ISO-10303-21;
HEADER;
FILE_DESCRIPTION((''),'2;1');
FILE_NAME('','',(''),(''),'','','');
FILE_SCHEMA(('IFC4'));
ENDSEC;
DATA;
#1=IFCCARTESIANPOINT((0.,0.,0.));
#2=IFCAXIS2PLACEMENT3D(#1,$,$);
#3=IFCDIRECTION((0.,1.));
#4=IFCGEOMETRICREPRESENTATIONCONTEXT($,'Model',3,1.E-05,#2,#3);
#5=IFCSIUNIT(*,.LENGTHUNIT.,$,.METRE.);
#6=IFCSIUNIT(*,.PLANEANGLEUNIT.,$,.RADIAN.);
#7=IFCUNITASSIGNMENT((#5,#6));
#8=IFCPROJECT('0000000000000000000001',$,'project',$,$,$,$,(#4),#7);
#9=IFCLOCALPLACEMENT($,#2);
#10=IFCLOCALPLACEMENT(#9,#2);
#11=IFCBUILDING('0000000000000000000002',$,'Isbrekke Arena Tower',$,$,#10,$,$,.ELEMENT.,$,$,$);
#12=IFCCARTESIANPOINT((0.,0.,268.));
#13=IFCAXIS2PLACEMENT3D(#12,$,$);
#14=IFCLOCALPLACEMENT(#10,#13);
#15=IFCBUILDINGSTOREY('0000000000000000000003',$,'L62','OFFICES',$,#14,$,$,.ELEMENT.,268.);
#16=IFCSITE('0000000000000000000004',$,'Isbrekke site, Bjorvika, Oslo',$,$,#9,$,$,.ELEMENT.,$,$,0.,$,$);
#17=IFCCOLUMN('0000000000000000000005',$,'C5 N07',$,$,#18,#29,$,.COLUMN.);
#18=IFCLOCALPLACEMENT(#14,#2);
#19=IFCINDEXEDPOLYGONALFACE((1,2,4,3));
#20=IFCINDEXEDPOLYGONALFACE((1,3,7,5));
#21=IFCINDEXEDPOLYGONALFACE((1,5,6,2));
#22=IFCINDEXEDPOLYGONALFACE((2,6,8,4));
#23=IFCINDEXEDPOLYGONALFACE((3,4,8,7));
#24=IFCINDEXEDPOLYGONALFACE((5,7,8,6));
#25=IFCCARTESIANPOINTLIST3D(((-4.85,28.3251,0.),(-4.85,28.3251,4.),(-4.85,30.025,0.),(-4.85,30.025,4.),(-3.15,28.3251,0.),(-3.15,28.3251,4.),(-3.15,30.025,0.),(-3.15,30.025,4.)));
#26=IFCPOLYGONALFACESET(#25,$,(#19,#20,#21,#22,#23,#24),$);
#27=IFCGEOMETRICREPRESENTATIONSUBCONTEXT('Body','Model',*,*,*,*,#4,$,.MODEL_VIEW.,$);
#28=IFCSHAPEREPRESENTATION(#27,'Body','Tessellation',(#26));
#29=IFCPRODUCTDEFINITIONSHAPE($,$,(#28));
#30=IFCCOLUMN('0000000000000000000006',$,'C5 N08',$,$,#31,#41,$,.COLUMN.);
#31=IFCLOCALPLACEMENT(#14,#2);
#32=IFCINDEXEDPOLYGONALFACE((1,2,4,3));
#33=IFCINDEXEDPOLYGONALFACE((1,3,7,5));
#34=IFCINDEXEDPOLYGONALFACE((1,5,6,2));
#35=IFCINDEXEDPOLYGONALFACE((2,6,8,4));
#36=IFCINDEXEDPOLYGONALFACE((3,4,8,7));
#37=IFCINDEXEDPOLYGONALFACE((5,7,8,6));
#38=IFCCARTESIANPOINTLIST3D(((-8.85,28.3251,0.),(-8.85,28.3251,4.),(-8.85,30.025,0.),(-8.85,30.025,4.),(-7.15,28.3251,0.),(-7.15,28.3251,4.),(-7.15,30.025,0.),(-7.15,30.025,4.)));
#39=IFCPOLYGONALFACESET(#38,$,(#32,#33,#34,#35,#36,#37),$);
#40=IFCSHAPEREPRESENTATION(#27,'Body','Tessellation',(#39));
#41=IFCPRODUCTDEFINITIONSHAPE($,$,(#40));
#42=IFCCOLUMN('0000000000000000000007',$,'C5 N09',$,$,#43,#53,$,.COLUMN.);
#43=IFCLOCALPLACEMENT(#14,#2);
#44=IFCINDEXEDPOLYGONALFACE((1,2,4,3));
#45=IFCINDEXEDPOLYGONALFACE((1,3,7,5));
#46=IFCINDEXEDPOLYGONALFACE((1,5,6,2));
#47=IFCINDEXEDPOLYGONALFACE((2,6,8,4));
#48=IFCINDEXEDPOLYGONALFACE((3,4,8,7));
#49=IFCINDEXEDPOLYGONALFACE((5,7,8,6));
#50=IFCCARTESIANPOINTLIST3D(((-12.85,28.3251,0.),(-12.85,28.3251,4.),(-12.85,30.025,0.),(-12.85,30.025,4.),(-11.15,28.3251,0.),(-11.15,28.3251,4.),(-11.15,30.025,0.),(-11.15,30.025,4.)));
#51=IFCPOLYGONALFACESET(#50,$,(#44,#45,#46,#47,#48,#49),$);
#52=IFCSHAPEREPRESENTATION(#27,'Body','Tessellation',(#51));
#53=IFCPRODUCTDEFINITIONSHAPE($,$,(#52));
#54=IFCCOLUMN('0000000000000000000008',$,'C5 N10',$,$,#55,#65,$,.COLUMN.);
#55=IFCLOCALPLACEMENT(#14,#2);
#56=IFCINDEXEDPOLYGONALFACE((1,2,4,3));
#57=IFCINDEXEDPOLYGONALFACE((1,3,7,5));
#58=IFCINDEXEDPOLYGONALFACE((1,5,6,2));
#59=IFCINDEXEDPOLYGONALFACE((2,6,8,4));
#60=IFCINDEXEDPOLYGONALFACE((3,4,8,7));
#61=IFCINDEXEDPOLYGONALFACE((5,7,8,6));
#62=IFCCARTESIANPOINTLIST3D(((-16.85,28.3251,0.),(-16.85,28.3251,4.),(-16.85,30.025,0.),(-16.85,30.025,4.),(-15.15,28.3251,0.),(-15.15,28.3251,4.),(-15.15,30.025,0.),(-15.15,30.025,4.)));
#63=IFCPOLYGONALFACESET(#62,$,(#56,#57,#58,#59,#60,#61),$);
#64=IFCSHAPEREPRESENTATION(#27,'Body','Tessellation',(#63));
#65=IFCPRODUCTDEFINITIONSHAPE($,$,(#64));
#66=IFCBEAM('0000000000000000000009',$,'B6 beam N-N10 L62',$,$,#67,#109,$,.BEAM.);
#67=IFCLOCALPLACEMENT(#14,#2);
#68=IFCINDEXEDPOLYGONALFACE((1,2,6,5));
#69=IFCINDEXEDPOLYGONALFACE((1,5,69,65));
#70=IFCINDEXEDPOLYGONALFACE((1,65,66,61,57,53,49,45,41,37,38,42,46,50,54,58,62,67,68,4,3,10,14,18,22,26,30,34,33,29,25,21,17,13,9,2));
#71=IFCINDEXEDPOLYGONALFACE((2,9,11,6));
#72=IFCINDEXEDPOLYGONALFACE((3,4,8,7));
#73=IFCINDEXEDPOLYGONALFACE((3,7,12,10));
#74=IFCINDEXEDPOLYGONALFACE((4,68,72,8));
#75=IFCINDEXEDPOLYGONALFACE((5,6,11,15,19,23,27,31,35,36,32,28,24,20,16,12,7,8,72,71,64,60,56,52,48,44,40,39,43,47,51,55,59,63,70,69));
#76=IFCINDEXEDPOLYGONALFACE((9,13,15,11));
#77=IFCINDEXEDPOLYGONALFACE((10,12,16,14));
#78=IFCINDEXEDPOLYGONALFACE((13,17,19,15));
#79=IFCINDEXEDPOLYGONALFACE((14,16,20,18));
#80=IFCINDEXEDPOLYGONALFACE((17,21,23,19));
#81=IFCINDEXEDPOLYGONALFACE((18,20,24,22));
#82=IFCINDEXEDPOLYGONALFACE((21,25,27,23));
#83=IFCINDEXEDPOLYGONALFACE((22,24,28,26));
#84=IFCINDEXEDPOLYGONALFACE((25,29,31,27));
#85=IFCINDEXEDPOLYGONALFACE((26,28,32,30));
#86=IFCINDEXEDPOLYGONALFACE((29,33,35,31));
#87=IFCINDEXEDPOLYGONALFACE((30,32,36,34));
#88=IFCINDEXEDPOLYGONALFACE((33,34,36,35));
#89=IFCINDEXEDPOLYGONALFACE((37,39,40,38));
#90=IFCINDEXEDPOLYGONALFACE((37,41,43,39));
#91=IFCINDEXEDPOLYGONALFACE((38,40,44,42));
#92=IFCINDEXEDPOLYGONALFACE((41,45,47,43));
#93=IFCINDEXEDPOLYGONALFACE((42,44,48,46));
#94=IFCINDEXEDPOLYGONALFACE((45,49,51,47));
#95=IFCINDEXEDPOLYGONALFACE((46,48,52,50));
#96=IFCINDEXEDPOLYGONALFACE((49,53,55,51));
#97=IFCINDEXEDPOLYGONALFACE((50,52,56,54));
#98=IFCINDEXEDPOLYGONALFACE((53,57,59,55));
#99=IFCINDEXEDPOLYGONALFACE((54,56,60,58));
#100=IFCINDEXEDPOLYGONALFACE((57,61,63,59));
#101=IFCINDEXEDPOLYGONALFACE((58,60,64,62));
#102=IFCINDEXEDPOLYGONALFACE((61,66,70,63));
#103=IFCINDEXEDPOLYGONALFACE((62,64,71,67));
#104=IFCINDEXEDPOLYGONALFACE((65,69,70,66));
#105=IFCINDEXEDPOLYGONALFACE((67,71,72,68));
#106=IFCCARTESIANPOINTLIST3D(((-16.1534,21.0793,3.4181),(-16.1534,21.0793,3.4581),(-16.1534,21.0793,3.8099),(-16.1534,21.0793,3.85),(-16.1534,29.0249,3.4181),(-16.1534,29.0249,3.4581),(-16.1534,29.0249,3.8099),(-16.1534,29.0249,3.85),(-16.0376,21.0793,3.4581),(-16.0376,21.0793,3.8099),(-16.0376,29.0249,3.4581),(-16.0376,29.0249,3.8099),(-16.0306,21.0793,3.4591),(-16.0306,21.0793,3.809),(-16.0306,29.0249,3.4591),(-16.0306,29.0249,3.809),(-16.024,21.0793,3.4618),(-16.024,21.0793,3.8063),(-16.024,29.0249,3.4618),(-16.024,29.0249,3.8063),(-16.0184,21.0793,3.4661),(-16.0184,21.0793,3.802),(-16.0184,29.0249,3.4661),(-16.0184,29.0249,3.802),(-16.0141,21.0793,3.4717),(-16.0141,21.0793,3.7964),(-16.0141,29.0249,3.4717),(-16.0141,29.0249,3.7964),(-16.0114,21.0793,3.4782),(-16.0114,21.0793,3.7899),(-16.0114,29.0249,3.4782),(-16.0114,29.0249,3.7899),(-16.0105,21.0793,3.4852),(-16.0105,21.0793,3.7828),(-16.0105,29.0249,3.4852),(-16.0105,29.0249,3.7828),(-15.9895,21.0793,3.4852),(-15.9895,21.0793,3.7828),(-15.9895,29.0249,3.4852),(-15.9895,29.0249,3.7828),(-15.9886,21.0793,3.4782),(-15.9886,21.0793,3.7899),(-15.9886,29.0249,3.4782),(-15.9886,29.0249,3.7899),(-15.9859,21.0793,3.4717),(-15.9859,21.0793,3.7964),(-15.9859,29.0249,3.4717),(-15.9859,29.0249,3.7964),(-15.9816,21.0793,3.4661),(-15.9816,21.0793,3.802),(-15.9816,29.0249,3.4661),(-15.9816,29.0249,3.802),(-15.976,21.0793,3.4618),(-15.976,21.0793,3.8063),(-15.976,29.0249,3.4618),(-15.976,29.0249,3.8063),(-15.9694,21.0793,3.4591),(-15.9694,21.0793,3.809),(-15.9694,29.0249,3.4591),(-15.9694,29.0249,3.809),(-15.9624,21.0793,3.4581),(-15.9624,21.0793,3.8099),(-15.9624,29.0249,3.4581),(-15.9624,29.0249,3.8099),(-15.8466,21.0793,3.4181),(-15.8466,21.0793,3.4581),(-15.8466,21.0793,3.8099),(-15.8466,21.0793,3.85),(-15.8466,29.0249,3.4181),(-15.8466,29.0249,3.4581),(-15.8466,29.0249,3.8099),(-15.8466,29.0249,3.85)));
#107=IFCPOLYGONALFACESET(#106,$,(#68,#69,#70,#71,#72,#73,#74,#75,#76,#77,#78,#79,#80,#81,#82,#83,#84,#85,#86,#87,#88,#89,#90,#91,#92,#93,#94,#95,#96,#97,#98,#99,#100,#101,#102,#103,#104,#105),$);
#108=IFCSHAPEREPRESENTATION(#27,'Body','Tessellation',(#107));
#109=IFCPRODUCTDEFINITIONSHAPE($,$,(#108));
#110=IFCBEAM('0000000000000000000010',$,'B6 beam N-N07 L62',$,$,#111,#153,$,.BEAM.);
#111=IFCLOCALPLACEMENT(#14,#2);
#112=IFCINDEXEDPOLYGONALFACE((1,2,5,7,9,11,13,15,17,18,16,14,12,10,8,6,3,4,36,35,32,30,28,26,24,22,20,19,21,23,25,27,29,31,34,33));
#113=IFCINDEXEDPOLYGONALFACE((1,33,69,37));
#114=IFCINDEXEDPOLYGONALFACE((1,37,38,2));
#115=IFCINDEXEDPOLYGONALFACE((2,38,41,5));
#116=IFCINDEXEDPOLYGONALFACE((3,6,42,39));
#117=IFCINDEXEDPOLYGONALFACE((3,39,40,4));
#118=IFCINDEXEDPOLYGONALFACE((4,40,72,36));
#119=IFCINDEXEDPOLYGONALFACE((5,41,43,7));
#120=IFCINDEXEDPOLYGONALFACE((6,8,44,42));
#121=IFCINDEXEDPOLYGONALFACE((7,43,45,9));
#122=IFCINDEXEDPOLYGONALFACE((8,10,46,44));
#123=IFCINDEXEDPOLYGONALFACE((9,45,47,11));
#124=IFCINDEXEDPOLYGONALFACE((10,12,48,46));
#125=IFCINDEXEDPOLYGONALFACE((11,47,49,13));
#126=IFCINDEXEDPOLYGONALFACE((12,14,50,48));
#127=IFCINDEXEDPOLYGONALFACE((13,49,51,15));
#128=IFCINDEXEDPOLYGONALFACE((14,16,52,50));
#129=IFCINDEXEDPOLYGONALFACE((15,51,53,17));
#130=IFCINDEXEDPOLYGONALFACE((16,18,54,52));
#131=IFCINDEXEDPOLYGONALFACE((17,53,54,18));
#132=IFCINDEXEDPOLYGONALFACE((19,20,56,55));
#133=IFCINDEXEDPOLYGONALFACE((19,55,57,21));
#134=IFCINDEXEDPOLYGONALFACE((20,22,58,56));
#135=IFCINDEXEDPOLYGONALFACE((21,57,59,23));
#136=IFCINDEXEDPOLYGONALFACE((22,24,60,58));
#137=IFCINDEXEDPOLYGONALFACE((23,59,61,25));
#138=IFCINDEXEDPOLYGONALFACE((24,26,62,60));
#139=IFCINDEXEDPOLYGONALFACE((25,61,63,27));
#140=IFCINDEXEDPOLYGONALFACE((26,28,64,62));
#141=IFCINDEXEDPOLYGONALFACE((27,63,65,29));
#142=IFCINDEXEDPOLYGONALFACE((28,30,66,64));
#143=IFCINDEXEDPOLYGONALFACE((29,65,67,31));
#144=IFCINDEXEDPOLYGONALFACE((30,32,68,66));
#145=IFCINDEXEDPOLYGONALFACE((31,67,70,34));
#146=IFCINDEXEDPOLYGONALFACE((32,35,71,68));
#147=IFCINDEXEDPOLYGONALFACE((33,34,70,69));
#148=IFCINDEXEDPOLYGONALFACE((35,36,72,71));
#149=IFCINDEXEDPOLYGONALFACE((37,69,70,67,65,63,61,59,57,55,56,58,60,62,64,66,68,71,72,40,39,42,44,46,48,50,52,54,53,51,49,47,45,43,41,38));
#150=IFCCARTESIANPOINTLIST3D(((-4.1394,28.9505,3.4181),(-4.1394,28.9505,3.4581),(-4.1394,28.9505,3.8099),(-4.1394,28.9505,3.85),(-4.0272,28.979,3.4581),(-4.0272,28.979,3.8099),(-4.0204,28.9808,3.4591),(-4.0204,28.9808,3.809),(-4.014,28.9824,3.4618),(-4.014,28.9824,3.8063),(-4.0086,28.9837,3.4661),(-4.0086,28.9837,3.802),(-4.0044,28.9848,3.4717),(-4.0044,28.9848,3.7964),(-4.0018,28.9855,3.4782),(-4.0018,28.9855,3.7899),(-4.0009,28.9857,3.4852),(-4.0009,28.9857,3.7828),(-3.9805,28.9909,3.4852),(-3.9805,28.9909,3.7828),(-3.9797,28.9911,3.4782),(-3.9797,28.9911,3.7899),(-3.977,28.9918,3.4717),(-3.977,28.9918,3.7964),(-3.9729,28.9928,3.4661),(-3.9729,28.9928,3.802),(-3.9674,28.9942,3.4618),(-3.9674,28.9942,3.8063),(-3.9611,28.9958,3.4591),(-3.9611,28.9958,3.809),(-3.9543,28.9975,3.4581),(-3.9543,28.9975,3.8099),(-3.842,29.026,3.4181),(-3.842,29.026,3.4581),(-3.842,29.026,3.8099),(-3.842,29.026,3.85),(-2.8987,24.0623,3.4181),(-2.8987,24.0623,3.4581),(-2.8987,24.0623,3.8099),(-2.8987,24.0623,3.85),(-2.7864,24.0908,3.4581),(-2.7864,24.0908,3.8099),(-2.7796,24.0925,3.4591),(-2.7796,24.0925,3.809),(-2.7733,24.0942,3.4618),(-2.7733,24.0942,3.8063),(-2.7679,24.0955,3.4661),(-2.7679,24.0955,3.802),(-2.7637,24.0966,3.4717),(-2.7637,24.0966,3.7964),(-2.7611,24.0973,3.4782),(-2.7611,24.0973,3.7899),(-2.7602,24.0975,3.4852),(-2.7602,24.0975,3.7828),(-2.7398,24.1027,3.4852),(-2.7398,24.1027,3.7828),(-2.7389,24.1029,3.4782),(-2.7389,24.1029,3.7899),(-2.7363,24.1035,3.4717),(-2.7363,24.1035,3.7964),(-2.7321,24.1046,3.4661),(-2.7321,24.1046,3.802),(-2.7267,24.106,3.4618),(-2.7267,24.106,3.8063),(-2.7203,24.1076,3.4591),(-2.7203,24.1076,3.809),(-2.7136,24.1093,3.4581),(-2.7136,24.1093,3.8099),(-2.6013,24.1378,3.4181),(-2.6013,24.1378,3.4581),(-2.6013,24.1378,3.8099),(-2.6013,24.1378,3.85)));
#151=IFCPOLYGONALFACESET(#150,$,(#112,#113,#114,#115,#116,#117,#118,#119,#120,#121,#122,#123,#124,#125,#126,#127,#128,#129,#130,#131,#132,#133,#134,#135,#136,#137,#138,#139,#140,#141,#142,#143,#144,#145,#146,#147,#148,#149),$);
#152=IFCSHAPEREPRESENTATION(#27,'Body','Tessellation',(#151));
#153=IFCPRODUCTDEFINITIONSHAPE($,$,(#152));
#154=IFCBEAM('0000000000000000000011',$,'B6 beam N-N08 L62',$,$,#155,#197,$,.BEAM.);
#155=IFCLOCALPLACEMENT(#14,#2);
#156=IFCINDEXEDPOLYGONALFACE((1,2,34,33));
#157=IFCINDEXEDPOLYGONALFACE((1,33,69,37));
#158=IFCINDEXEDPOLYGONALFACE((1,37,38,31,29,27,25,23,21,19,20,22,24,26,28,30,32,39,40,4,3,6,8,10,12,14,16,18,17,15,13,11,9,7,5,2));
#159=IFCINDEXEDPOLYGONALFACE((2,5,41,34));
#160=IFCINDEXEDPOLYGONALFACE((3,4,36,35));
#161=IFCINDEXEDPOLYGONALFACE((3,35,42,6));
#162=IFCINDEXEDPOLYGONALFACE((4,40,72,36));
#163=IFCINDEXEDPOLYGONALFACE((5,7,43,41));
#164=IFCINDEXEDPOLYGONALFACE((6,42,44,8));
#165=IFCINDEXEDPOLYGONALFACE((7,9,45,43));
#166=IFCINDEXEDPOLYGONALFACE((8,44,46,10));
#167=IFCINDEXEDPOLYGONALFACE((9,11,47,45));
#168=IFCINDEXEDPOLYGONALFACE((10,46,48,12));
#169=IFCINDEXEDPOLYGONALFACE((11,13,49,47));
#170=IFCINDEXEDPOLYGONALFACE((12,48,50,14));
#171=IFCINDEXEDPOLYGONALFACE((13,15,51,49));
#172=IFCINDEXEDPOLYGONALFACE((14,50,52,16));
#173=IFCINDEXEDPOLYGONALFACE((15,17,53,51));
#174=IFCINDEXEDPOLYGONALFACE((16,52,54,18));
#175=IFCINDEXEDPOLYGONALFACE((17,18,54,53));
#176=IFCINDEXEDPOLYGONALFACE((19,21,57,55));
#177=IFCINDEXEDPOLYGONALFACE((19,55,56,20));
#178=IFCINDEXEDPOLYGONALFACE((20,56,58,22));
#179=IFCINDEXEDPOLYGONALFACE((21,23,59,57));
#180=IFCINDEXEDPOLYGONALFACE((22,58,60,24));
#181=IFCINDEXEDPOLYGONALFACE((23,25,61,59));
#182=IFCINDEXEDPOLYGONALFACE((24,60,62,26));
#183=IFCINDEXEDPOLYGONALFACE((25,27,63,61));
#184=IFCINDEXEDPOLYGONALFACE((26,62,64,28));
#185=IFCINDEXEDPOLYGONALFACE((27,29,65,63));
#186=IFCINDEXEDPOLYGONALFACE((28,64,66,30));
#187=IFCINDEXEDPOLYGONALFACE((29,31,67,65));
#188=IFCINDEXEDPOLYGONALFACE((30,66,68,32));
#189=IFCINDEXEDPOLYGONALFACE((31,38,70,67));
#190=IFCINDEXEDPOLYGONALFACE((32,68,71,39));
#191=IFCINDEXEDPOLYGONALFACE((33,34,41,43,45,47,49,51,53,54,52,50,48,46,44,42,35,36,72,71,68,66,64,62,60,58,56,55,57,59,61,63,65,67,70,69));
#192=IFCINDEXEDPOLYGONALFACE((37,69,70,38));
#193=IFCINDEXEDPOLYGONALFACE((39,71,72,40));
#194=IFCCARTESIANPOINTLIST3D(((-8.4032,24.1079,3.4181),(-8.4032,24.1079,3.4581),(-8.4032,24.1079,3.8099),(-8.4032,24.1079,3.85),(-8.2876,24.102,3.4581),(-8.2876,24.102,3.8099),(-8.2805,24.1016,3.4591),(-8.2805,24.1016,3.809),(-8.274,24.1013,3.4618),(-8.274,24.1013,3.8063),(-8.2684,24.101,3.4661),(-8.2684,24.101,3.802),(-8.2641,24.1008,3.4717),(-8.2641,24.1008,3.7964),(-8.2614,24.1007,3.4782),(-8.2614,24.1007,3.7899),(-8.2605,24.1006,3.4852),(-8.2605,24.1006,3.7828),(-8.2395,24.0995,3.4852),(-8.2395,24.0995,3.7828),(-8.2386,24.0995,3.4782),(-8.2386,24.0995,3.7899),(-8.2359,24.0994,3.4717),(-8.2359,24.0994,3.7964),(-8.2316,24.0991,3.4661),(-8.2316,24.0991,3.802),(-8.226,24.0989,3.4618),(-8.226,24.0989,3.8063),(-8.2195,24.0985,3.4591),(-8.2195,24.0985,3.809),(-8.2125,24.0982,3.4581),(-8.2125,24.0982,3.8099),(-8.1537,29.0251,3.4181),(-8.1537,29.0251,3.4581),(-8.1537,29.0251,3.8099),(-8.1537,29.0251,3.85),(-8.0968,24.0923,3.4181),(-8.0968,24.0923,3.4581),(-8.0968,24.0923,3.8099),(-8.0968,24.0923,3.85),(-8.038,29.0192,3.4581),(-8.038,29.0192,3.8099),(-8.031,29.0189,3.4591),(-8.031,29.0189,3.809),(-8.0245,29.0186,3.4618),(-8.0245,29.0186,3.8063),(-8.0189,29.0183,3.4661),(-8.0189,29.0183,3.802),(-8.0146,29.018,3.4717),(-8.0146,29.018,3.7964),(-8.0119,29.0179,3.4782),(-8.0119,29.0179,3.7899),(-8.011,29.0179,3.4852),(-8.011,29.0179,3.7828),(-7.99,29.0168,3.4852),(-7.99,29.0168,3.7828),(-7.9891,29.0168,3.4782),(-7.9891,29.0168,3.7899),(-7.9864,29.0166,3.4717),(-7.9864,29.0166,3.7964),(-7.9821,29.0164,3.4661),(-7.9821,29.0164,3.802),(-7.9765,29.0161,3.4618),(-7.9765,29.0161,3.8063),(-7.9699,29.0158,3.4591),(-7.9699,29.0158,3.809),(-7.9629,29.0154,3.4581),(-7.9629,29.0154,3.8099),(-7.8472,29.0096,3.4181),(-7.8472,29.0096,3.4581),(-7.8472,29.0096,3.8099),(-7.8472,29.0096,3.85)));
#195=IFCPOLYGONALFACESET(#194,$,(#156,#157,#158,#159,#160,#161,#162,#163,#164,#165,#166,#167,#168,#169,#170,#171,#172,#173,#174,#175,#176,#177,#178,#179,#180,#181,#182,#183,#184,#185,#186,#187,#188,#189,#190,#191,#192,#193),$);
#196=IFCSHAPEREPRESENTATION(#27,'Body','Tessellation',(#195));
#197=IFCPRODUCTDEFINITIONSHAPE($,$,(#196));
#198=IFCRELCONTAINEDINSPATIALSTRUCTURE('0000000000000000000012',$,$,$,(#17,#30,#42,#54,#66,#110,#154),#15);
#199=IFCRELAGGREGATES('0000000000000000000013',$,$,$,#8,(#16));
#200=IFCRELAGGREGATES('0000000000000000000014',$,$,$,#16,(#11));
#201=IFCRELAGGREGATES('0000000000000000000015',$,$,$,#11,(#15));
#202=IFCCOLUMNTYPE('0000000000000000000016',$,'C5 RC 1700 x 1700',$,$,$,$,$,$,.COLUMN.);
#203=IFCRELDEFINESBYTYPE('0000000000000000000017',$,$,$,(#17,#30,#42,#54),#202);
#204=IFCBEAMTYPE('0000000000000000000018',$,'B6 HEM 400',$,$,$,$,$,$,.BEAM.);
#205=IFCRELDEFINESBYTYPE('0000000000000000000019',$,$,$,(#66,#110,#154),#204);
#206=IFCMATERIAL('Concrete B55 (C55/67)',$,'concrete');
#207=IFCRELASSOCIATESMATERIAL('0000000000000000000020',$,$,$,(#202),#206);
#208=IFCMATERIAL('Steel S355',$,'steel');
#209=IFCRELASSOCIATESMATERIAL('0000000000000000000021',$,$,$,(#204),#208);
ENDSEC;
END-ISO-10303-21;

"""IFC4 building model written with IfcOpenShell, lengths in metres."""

from ifc_helpers import new_model, si_unit, direction, frame, origin, origin_2d, place, context, subcontext, project, spatial, rectangle, i_section, extrude, material, material_profile, profile_set, type_object, element, save


model = new_model("IFC4")

# Units and contexts
model_context = context("Model", 3, precision=1e-05, world=origin(), true_north=direction((0.0, 1.0)))
body_context = subcontext(model_context, "Body", "Model", "MODEL_VIEW")
ifc_project = project(units=[si_unit("LENGTHUNIT", "METRE"), si_unit("PLANEANGLEUNIT", "RADIAN")], contexts=[model_context])

# Site, building, storey
site_placement = place(None, origin())
site = spatial("IfcSite", under=ifc_project, at=site_placement, Name="Isbrekke site, Bjorvika, Oslo", CompositionType="ELEMENT", RefElevation=0.0)
building_placement = place(site_placement, origin())
building = spatial("IfcBuilding", under=site, at=building_placement, Name="Isbrekke Arena Tower", CompositionType="ELEMENT")
storey_placement = place(building_placement, frame((0.0, 0.0, 268.0)))
storey = spatial("IfcBuildingStorey", under=building, at=storey_placement, Name="L62", Description="OFFICES", CompositionType="ELEMENT", Elevation=268.0)

# Columns
ifc_material_1 = material(Name="Concrete B55 (C55/67)", Category="concrete")
ifc_material_profile_1 = material_profile(ifc_material_1, rectangle(XDim=1.7, YDim=1.7, at=origin_2d()), Name="RC 1700x1700")
ifc_profile_set_1 = profile_set([ifc_material_profile_1], Name="Concrete B55 (C55/67)")
column_type = type_object("IfcColumnType", Name="C5 RC 1700 x 1700", PredefinedType="COLUMN", material=ifc_profile_set_1)
for number, where, z_axis, x_axis, name in (
    (1, (-4.0, 29.175, 0.0), (0.0, 0.0, 1.0), (-1.0, 0.0, 0.0), "C5 N07"),
    (2, (-8.0, 29.175, 0.0), (0.0, 0.0, 1.0), (-1.0, 0.0, 0.0), "C5 N08"),
    (3, (-12.0, 29.175, 0.0), (0.0, 0.0, 1.0), (-1.0, 0.0, 0.0), "C5 N09"),
    (4, (-16.0, 29.175, 0.0), (0.0, 0.0, 1.0), (-1.0, 0.0, 0.0), "C5 N10"),
):
    element("IfcColumn", number, at=place(storey_placement, frame(where, z_axis=z_axis, x_axis=x_axis)), inside=storey, type_object=column_type, Name=name, PredefinedType="COLUMN", context=body_context, shape_type="SweptSolid", body=[
        extrude(rectangle(XDim=1.7, YDim=1.7, at=origin_2d()), origin(), (0.0, 0.0, 1.0), 4.0),
    ])

# Beams
ifc_material_2 = material(Name="Steel S355", Category="steel")
ifc_material_profile_2 = material_profile(ifc_material_2, i_section(OverallWidth=0.3069, OverallDepth=0.4319, WebThickness=0.021, FlangeThickness=0.04, FilletRadius=0.0271, at=origin_2d()), Name="HEM 400")
ifc_profile_set_2 = profile_set([ifc_material_profile_2], Name="Steel S355")
beam_type_1 = type_object("IfcBeamType", Name="B6 HEM 400", PredefinedType="BEAM", material=ifc_profile_set_2)
beam_1_placement = place(storey_placement, frame((-16.0, 29.0249, 3.634), z_axis=(0.0, -1.0, 0.0), x_axis=(1.0, 0.0, 0.0)))
element("IfcBeam", 5, at=beam_1_placement, inside=storey, type_object=beam_type_1, Name="B6 beam N-N10 L62", PredefinedType="BEAM", context=body_context, shape_type="SweptSolid", body=[
    extrude(i_section(OverallWidth=0.3069, OverallDepth=0.4319, WebThickness=0.021, FlangeThickness=0.04, FilletRadius=0.0271, at=origin_2d()), origin(), (0.0, 0.0, 1.0), 7.9456),
])
beam_2_placement = place(storey_placement, frame((-3.9907, 28.9883, 3.634), z_axis=(0.24602, -0.969265, 0.0), x_axis=(0.969265, 0.24602, 0.0)))
element("IfcBeam", 6, at=beam_2_placement, inside=storey, type_object=beam_type_1, Name="B6 beam N-N07 L62", PredefinedType="BEAM", context=body_context, shape_type="SweptSolid", body=[
    extrude(i_section(OverallWidth=0.3069, OverallDepth=0.4319, WebThickness=0.021, FlangeThickness=0.04, FilletRadius=0.0271, at=origin_2d()), origin(), (0.0, 0.0, 1.0), 5.0432),
])
beam_3_placement = place(storey_placement, frame((-8.0005, 29.0173, 3.634), z_axis=(-0.050677, -0.998715, 0.0), x_axis=(0.998715, -0.050677, 0.0)))
element("IfcBeam", 7, at=beam_3_placement, inside=storey, type_object=beam_type_1, Name="B6 beam N-N08 L62", PredefinedType="BEAM", context=body_context, shape_type="SweptSolid", body=[
    extrude(i_section(OverallWidth=0.3069, OverallDepth=0.4319, WebThickness=0.021, FlangeThickness=0.04, FilletRadius=0.0271, at=origin_2d()), origin(), (0.0, 0.0, 1.0), 4.9236),
])

save(model, "model.ifc")
